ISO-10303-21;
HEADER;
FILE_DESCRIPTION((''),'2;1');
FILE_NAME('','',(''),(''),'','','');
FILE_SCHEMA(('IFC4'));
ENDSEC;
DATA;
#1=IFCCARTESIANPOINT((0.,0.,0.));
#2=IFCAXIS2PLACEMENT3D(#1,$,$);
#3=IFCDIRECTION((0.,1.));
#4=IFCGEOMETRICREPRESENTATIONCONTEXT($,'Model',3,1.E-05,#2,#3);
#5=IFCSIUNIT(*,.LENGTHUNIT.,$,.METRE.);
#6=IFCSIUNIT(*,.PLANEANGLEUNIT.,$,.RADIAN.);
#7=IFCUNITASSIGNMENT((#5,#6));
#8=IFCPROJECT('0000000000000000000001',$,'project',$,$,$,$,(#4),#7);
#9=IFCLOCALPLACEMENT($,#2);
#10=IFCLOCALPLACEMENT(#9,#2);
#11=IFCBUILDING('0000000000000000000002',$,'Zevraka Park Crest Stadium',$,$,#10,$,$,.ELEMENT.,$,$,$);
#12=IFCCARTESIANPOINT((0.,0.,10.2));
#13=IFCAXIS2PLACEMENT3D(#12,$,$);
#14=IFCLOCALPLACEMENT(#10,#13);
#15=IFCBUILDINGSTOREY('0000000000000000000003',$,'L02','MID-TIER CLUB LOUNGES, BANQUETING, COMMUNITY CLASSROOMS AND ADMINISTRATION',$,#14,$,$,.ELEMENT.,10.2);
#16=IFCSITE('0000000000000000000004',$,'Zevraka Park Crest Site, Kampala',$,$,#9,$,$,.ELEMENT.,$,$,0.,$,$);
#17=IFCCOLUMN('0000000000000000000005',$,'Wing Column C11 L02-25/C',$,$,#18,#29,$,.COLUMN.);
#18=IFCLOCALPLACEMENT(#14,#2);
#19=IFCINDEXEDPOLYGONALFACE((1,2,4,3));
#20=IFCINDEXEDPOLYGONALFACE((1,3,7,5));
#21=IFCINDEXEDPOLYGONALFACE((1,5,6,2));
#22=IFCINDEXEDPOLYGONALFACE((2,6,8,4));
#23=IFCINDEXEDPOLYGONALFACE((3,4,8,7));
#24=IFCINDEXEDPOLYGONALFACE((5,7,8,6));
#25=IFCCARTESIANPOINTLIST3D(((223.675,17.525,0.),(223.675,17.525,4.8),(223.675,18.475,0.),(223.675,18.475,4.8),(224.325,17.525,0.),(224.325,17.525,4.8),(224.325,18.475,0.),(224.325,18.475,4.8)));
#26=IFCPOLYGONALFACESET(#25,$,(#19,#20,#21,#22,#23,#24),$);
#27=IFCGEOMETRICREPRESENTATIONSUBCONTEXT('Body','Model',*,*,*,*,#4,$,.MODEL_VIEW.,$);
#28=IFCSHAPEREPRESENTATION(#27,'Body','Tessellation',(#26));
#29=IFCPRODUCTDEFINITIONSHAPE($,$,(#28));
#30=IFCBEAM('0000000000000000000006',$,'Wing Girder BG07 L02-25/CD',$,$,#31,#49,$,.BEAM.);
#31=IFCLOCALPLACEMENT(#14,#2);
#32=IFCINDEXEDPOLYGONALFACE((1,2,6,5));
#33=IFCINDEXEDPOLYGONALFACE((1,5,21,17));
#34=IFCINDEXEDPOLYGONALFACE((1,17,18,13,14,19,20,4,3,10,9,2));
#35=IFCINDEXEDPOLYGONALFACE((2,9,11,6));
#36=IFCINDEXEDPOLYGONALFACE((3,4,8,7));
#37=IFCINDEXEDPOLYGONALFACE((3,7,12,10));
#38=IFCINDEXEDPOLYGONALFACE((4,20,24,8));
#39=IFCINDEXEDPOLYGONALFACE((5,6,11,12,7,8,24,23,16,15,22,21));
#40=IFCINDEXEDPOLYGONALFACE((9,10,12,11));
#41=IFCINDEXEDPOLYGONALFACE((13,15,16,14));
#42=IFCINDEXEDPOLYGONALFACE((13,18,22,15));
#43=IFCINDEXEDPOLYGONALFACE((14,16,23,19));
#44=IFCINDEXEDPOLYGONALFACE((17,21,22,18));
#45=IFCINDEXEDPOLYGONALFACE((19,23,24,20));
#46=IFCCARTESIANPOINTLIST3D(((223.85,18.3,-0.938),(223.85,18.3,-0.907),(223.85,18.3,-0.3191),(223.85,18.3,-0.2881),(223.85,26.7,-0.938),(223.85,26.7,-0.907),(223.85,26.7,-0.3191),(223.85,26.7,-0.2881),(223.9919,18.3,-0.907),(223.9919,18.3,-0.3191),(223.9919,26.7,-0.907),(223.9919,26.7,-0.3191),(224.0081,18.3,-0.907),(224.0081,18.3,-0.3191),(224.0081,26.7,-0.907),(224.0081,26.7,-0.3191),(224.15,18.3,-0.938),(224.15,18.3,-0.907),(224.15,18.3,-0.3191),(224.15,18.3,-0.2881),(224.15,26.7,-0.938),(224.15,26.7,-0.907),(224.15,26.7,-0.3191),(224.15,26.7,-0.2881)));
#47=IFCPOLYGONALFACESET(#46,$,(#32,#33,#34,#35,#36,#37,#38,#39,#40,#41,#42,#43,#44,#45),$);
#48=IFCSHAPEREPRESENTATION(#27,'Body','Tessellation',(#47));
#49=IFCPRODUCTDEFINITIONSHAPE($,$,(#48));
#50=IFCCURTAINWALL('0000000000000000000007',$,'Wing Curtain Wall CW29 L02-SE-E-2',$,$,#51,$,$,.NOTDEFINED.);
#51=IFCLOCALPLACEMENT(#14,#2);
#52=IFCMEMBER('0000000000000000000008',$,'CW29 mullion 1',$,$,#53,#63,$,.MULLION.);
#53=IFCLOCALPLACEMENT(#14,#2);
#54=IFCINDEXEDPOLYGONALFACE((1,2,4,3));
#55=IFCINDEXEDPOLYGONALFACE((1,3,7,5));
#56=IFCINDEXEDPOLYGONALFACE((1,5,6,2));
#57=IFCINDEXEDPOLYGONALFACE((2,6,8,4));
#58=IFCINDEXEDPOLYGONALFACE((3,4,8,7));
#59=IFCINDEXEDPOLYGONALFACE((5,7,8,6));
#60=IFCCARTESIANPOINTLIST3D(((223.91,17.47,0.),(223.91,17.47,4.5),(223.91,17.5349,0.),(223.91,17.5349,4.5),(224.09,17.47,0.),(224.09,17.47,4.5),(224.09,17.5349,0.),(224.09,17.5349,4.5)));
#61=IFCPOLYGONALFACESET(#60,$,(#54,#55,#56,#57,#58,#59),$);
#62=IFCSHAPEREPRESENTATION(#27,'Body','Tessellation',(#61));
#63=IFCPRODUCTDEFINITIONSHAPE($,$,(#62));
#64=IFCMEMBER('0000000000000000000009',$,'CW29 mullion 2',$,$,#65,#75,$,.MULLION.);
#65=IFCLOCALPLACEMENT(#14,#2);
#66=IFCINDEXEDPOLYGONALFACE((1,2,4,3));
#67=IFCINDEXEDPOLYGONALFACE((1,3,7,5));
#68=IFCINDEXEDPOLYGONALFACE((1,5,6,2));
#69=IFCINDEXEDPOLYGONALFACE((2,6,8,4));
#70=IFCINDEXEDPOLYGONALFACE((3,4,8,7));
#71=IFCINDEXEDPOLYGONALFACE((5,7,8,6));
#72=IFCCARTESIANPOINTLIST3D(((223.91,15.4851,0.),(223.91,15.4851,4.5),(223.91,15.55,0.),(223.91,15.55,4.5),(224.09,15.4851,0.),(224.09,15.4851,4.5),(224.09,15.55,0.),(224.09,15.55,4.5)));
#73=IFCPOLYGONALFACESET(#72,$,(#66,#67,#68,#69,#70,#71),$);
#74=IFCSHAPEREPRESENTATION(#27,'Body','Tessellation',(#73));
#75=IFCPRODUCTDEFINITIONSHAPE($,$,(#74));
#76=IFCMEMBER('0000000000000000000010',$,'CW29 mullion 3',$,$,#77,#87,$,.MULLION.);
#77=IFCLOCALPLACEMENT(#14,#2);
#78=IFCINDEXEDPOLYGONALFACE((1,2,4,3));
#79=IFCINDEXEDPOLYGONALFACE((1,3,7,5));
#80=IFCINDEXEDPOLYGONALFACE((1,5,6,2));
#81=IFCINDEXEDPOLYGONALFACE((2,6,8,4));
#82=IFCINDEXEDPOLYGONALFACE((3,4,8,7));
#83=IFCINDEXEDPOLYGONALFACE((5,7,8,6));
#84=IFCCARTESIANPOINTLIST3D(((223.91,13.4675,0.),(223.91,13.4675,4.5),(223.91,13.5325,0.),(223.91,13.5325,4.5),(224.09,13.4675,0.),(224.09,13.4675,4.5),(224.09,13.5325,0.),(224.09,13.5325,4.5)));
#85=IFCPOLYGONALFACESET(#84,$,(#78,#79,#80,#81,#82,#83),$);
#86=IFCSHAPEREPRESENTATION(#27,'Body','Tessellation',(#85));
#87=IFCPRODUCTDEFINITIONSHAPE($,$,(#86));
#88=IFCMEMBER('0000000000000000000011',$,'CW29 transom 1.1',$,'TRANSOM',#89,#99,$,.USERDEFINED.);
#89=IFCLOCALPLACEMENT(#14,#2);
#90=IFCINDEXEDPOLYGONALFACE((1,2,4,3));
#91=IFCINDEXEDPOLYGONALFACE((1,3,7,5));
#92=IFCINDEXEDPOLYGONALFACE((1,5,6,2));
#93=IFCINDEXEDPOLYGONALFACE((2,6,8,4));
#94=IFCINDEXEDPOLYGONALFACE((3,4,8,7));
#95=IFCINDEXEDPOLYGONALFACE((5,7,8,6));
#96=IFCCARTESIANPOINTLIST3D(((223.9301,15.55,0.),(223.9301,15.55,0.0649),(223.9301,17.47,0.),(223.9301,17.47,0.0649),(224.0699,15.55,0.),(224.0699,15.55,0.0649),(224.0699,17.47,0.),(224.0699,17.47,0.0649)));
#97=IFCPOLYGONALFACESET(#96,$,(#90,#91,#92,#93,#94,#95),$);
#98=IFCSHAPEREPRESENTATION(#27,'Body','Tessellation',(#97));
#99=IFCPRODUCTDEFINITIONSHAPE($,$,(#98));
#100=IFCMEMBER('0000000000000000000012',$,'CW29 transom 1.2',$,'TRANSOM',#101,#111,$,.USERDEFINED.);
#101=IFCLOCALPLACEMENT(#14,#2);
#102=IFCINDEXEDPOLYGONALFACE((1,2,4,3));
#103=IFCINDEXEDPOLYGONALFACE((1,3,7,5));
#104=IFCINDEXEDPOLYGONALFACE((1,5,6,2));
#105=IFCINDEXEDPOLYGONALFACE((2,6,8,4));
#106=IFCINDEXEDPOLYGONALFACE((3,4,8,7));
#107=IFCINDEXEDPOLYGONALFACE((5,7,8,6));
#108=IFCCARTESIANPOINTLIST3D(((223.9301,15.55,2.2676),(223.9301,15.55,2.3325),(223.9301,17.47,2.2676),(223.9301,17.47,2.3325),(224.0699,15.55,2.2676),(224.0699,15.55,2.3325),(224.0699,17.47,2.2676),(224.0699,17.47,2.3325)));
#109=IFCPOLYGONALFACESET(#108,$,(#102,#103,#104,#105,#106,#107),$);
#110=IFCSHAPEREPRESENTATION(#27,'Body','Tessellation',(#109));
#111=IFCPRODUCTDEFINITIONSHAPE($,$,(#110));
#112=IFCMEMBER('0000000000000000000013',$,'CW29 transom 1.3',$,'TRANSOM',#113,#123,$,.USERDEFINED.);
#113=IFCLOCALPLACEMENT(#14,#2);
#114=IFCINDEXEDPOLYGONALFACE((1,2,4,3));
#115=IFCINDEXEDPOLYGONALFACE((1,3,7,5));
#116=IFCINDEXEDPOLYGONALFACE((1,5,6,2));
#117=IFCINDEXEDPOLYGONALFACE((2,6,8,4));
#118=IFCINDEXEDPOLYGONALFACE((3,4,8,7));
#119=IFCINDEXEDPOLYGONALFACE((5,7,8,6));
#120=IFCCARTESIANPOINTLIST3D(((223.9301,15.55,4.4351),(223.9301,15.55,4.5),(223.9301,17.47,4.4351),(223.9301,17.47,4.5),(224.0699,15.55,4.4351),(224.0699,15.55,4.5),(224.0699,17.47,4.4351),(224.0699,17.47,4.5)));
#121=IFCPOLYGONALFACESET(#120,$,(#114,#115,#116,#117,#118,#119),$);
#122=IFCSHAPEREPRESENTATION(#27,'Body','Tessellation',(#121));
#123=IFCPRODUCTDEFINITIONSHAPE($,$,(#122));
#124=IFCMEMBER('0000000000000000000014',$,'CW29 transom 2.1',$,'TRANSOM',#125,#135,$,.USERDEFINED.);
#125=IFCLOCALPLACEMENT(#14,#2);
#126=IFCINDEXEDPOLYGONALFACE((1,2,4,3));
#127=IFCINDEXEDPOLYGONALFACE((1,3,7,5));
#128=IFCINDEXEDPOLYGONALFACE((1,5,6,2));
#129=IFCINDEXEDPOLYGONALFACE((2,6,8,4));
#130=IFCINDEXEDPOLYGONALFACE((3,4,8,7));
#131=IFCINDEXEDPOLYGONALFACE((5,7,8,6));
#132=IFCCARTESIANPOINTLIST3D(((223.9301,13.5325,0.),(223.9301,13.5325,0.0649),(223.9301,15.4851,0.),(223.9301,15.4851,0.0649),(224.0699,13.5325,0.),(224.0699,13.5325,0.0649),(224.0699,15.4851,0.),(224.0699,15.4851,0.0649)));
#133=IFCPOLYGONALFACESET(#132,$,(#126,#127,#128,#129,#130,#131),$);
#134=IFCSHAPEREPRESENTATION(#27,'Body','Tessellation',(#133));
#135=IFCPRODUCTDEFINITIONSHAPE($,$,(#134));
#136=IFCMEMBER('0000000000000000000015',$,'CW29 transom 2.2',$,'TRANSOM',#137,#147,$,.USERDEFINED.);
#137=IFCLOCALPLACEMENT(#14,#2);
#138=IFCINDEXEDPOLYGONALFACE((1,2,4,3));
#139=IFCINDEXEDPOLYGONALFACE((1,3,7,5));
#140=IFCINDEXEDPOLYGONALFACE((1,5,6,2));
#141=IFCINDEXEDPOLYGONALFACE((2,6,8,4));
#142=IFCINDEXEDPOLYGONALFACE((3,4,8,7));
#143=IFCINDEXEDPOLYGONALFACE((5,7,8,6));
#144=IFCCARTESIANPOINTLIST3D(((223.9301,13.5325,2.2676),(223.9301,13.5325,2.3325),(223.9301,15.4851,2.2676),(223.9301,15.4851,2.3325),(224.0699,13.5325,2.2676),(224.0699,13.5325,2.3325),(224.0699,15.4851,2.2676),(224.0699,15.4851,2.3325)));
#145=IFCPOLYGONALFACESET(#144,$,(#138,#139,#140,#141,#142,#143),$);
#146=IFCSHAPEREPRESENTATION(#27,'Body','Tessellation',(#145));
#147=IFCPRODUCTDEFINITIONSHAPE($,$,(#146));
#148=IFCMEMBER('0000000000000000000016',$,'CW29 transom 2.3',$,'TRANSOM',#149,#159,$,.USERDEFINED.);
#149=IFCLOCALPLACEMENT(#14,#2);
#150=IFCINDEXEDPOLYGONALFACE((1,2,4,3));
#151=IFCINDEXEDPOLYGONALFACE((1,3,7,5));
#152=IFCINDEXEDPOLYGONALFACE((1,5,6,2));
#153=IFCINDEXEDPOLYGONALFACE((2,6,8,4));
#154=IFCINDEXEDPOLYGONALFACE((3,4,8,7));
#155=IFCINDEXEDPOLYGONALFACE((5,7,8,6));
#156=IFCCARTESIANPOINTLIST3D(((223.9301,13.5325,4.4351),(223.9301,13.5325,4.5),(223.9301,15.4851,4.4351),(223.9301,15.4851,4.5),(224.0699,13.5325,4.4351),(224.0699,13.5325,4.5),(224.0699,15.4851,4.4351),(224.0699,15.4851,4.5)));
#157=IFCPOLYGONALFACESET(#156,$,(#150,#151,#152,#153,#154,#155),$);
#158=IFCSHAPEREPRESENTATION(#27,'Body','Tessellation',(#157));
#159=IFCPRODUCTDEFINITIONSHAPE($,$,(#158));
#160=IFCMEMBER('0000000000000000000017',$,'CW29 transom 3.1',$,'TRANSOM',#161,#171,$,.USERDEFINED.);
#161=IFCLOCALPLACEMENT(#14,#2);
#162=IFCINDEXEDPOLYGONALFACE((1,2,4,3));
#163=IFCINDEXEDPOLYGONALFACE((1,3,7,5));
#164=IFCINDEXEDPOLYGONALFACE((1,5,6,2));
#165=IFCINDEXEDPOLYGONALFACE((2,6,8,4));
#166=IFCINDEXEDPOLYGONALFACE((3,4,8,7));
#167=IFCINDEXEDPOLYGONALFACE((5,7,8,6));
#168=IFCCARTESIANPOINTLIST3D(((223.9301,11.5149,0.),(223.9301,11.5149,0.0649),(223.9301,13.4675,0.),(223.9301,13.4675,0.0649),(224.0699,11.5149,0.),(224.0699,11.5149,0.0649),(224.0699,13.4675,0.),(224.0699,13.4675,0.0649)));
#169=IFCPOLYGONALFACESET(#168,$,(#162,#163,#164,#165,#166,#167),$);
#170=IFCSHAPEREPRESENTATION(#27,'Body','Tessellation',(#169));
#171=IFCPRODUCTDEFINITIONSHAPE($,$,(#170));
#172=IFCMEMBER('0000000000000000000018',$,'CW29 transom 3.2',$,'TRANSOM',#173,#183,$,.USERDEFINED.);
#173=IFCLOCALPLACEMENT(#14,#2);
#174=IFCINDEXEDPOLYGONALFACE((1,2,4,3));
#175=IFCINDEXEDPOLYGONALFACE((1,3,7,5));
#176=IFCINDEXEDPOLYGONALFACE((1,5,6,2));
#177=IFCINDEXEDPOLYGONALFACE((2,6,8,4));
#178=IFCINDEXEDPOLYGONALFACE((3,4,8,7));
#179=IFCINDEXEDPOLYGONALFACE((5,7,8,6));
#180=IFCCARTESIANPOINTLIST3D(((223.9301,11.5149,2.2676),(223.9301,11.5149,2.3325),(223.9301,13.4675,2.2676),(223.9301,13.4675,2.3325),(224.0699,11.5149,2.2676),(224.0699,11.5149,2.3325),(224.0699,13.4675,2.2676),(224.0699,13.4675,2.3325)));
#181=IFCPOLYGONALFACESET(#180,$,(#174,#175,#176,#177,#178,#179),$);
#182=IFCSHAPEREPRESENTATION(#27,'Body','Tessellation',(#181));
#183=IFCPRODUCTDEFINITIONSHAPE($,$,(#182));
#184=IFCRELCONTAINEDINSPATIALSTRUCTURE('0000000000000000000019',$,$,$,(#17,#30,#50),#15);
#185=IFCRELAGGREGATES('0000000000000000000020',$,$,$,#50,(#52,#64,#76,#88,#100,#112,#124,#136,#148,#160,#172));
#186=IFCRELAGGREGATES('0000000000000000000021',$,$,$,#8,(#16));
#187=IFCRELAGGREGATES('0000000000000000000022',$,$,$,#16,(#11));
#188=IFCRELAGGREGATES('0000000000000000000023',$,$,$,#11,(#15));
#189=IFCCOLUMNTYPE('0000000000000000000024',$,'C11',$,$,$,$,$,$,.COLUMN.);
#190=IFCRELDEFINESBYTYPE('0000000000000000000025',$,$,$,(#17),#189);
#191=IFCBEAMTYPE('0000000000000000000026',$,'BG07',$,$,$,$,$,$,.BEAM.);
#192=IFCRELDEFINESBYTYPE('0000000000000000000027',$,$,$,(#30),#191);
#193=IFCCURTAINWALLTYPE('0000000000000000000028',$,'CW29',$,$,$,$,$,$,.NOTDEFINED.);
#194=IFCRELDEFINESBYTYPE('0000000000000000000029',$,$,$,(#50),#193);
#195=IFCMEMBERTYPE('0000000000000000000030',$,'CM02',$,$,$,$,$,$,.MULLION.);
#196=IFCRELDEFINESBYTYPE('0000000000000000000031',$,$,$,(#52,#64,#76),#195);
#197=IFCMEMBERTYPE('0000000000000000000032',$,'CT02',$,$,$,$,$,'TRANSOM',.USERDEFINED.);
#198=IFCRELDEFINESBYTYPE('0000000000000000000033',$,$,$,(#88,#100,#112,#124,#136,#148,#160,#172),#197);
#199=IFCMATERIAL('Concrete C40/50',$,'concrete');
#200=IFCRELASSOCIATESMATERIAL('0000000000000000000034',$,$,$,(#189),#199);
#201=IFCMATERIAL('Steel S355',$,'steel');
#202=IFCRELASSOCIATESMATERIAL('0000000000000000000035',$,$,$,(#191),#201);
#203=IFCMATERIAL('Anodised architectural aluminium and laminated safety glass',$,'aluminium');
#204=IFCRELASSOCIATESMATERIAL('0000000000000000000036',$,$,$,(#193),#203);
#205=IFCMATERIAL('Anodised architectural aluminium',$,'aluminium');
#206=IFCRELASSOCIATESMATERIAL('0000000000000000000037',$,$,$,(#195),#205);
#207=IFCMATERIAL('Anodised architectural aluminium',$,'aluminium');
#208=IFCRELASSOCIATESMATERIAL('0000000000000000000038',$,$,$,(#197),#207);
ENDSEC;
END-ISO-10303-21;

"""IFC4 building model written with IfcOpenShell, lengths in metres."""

from ifc_helpers import new_model, si_unit, direction, frame, origin, origin_2d, place, context, subcontext, project, spatial, rectangle, i_section, extrude, material, material_profile, profile_set, type_object, element, aggregate, save


model = new_model("IFC4")

# Units and contexts
model_context = context("Model", 3, precision=1e-05, world=origin(), true_north=direction((0.0, 1.0)))
body_context = subcontext(model_context, "Body", "Model", "MODEL_VIEW")
ifc_project = project(units=[si_unit("LENGTHUNIT", "METRE"), si_unit("PLANEANGLEUNIT", "RADIAN")], contexts=[model_context])

# Site, building, storey
site_placement = place(None, origin())
site = spatial("IfcSite", under=ifc_project, at=site_placement, Name="Zevraka Park Crest Site, Kampala", CompositionType="ELEMENT", RefElevation=0.0)
building_placement = place(site_placement, origin())
building = spatial("IfcBuilding", under=site, at=building_placement, Name="Zevraka Park Crest Stadium", CompositionType="ELEMENT")
storey_placement = place(building_placement, frame((0.0, 0.0, 10.2)))
storey = spatial("IfcBuildingStorey", under=building, at=storey_placement, Name="L02", Description="MID-TIER CLUB LOUNGES, BANQUETING, COMMUNITY CLASSROOMS AND ADMINISTRATION", CompositionType="ELEMENT", Elevation=10.2)

# Column
ifc_material_1 = material(Name="Concrete C40/50", Category="concrete")
ifc_material_profile_1 = material_profile(ifc_material_1, rectangle(XDim=0.6499, YDim=0.95, at=origin_2d()), Name="RC 950x650")
ifc_profile_set_1 = profile_set([ifc_material_profile_1], Name="Concrete C40/50")
column_type = type_object("IfcColumnType", Name="C11", PredefinedType="COLUMN", material=ifc_profile_set_1)
column_placement = place(storey_placement, frame((224.0, 18.0, 0.0), z_axis=(0.0, 0.0, 1.0), x_axis=(1.0, 0.0, 0.0)))
element("IfcColumn", 1, at=column_placement, inside=storey, type_object=column_type, Name="Wing Column C11 L02-25/C", PredefinedType="COLUMN", context=body_context, shape_type="SweptSolid", body=[
    extrude(rectangle(XDim=0.6499, YDim=0.95, at=origin_2d()), origin(), (0.0, 0.0, 1.0), 4.8),
])

# Beam
ifc_material_2 = material(Name="Steel S355", Category="steel")
ifc_material_profile_2 = material_profile(ifc_material_2, i_section(OverallWidth=0.3, OverallDepth=0.6499, WebThickness=0.0161, FlangeThickness=0.031, at=origin_2d()), Name="HEB 650")
ifc_profile_set_2 = profile_set([ifc_material_profile_2], Name="Steel S355")
beam_type = type_object("IfcBeamType", Name="BG07", PredefinedType="BEAM", material=ifc_profile_set_2)
beam_placement = place(storey_placement, frame((224.0, 18.3, -0.613), z_axis=(0.0, 1.0, 0.0), x_axis=(-1.0, 0.0, 0.0)))
element("IfcBeam", 2, at=beam_placement, inside=storey, type_object=beam_type, Name="Wing Girder BG07 L02-25/CD", PredefinedType="BEAM", context=body_context, shape_type="SweptSolid", body=[
    extrude(i_section(OverallWidth=0.3, OverallDepth=0.6499, WebThickness=0.0161, FlangeThickness=0.031, at=origin_2d()), origin(), (0.0, 0.0, 1.0), 8.3999),
])

# Curtain wall, members
ifc_material_3 = material(Name="Anodised architectural aluminium and laminated safety glass", Category="aluminium")
curtain_wall_type = type_object("IfcCurtainWallType", Name="CW29", PredefinedType="NOTDEFINED", material=ifc_material_3)
curtain_wall_placement = place(storey_placement, origin())
curtain_wall = element("IfcCurtainWall", 3, at=curtain_wall_placement, inside=storey, type_object=curtain_wall_type, Name="Wing Curtain Wall CW29 L02-SE-E-2", PredefinedType="NOTDEFINED")
ifc_material_4 = material(Name="Anodised architectural aluminium", Category="aluminium")
ifc_material_profile_3 = material_profile(ifc_material_4, rectangle(XDim=0.1799, YDim=0.0649, at=origin_2d()), Name="ALU MULLION 180x65")
ifc_profile_set_3 = profile_set([ifc_material_profile_3], Name="Anodised architectural aluminium")
member_type_1 = type_object("IfcMemberType", Name="CM02", PredefinedType="MULLION", material=ifc_profile_set_3)
member_1_placement = place(storey_placement, frame((224.0, 17.5024, 0.0), z_axis=(0.0, 0.0, 1.0), x_axis=(1.0, 0.0, 0.0)))
member_1 = element("IfcMember", 4, at=member_1_placement, type_object=member_type_1, Name="CW29 mullion 1", PredefinedType="MULLION", context=body_context, shape_type="SweptSolid", body=[
    extrude(rectangle(XDim=0.1799, YDim=0.0649, at=origin_2d()), origin(), (0.0, 0.0, 1.0), 4.5),
])
member_2_placement = place(storey_placement, frame((224.0, 15.5176, 0.0), z_axis=(0.0, 0.0, 1.0), x_axis=(1.0, 0.0, 0.0)))
member_2 = element("IfcMember", 5, at=member_2_placement, type_object=member_type_1, Name="CW29 mullion 2", PredefinedType="MULLION", context=body_context, shape_type="SweptSolid", body=[
    extrude(rectangle(XDim=0.1799, YDim=0.0649, at=origin_2d()), origin(), (0.0, 0.0, 1.0), 4.5),
])
member_3_placement = place(storey_placement, frame((224.0, 13.5, 0.0), z_axis=(0.0, 0.0, 1.0), x_axis=(1.0, 0.0, 0.0)))
member_3 = element("IfcMember", 6, at=member_3_placement, type_object=member_type_1, Name="CW29 mullion 3", PredefinedType="MULLION", context=body_context, shape_type="SweptSolid", body=[
    extrude(rectangle(XDim=0.1799, YDim=0.0649, at=origin_2d()), origin(), (0.0, 0.0, 1.0), 4.5),
])
ifc_material_5 = material(Name="Anodised architectural aluminium", Category="aluminium")
ifc_material_profile_4 = material_profile(ifc_material_5, rectangle(XDim=0.1399, YDim=0.0649, at=origin_2d()), Name="ALU TRANSOM 140x65")
ifc_profile_set_4 = profile_set([ifc_material_profile_4], Name="Anodised architectural aluminium")
member_type_2 = type_object("IfcMemberType", Name="CT02", ElementType="TRANSOM", PredefinedType="USERDEFINED", material=ifc_profile_set_4)
member_4_placement = place(storey_placement, frame((224.0, 17.47, 0.0325), z_axis=(0.0, -1.0, 0.0), x_axis=(1.0, 0.0, 0.0)))
member_4 = element("IfcMember", 7, at=member_4_placement, type_object=member_type_2, Name="CW29 transom 1.1", ObjectType="TRANSOM", PredefinedType="USERDEFINED", context=body_context, shape_type="SweptSolid", body=[
    extrude(rectangle(XDim=0.1399, YDim=0.0649, at=origin_2d()), origin(), (0.0, 0.0, 1.0), 1.9199),
])
member_5_placement = place(storey_placement, frame((224.0, 17.47, 2.3), z_axis=(0.0, -1.0, 0.0), x_axis=(1.0, 0.0, 0.0)))
member_5 = element("IfcMember", 8, at=member_5_placement, type_object=member_type_2, Name="CW29 transom 1.2", ObjectType="TRANSOM", PredefinedType="USERDEFINED", context=body_context, shape_type="SweptSolid", body=[
    extrude(rectangle(XDim=0.1399, YDim=0.0649, at=origin_2d()), origin(), (0.0, 0.0, 1.0), 1.9199),
])
member_6_placement = place(storey_placement, frame((224.0, 17.47, 4.4675), z_axis=(0.0, -1.0, 0.0), x_axis=(1.0, 0.0, 0.0)))
member_6 = element("IfcMember", 9, at=member_6_placement, type_object=member_type_2, Name="CW29 transom 1.3", ObjectType="TRANSOM", PredefinedType="USERDEFINED", context=body_context, shape_type="SweptSolid", body=[
    extrude(rectangle(XDim=0.1399, YDim=0.0649, at=origin_2d()), origin(), (0.0, 0.0, 1.0), 1.9199),
])
member_7_placement = place(storey_placement, frame((224.0, 15.4851, 0.0325), z_axis=(0.0, -1.0, 0.0), x_axis=(1.0, 0.0, 0.0)))
member_7 = element("IfcMember", 10, at=member_7_placement, type_object=member_type_2, Name="CW29 transom 2.1", ObjectType="TRANSOM", PredefinedType="USERDEFINED", context=body_context, shape_type="SweptSolid", body=[
    extrude(rectangle(XDim=0.1399, YDim=0.0649, at=origin_2d()), origin(), (0.0, 0.0, 1.0), 1.9526),
])
member_8_placement = place(storey_placement, frame((224.0, 15.4851, 2.3), z_axis=(0.0, -1.0, 0.0), x_axis=(1.0, 0.0, 0.0)))
member_8 = element("IfcMember", 11, at=member_8_placement, type_object=member_type_2, Name="CW29 transom 2.2", ObjectType="TRANSOM", PredefinedType="USERDEFINED", context=body_context, shape_type="SweptSolid", body=[
    extrude(rectangle(XDim=0.1399, YDim=0.0649, at=origin_2d()), origin(), (0.0, 0.0, 1.0), 1.9526),
])
member_9_placement = place(storey_placement, frame((224.0, 15.4851, 4.4675), z_axis=(0.0, -1.0, 0.0), x_axis=(1.0, 0.0, 0.0)))
member_9 = element("IfcMember", 12, at=member_9_placement, type_object=member_type_2, Name="CW29 transom 2.3", ObjectType="TRANSOM", PredefinedType="USERDEFINED", context=body_context, shape_type="SweptSolid", body=[
    extrude(rectangle(XDim=0.1399, YDim=0.0649, at=origin_2d()), origin(), (0.0, 0.0, 1.0), 1.9526),
])
member_10_placement = place(storey_placement, frame((224.0, 13.4675, 0.0325), z_axis=(0.0, -1.0, 0.0), x_axis=(1.0, 0.0, 0.0)))
member_10 = element("IfcMember", 13, at=member_10_placement, type_object=member_type_2, Name="CW29 transom 3.1", ObjectType="TRANSOM", PredefinedType="USERDEFINED", context=body_context, shape_type="SweptSolid", body=[
    extrude(rectangle(XDim=0.1399, YDim=0.0649, at=origin_2d()), origin(), (0.0, 0.0, 1.0), 1.9526),
])
member_11_placement = place(storey_placement, frame((224.0, 13.4675, 2.3), z_axis=(0.0, -1.0, 0.0), x_axis=(1.0, 0.0, 0.0)))
member_11 = element("IfcMember", 14, at=member_11_placement, type_object=member_type_2, Name="CW29 transom 3.2", ObjectType="TRANSOM", PredefinedType="USERDEFINED", context=body_context, shape_type="SweptSolid", body=[
    extrude(rectangle(XDim=0.1399, YDim=0.0649, at=origin_2d()), origin(), (0.0, 0.0, 1.0), 1.9526),
])
aggregate(curtain_wall, [member_1, member_2, member_3, member_4, member_5, member_6, member_7, member_8, member_9, member_10, member_11])

save(model, "model.ifc")
